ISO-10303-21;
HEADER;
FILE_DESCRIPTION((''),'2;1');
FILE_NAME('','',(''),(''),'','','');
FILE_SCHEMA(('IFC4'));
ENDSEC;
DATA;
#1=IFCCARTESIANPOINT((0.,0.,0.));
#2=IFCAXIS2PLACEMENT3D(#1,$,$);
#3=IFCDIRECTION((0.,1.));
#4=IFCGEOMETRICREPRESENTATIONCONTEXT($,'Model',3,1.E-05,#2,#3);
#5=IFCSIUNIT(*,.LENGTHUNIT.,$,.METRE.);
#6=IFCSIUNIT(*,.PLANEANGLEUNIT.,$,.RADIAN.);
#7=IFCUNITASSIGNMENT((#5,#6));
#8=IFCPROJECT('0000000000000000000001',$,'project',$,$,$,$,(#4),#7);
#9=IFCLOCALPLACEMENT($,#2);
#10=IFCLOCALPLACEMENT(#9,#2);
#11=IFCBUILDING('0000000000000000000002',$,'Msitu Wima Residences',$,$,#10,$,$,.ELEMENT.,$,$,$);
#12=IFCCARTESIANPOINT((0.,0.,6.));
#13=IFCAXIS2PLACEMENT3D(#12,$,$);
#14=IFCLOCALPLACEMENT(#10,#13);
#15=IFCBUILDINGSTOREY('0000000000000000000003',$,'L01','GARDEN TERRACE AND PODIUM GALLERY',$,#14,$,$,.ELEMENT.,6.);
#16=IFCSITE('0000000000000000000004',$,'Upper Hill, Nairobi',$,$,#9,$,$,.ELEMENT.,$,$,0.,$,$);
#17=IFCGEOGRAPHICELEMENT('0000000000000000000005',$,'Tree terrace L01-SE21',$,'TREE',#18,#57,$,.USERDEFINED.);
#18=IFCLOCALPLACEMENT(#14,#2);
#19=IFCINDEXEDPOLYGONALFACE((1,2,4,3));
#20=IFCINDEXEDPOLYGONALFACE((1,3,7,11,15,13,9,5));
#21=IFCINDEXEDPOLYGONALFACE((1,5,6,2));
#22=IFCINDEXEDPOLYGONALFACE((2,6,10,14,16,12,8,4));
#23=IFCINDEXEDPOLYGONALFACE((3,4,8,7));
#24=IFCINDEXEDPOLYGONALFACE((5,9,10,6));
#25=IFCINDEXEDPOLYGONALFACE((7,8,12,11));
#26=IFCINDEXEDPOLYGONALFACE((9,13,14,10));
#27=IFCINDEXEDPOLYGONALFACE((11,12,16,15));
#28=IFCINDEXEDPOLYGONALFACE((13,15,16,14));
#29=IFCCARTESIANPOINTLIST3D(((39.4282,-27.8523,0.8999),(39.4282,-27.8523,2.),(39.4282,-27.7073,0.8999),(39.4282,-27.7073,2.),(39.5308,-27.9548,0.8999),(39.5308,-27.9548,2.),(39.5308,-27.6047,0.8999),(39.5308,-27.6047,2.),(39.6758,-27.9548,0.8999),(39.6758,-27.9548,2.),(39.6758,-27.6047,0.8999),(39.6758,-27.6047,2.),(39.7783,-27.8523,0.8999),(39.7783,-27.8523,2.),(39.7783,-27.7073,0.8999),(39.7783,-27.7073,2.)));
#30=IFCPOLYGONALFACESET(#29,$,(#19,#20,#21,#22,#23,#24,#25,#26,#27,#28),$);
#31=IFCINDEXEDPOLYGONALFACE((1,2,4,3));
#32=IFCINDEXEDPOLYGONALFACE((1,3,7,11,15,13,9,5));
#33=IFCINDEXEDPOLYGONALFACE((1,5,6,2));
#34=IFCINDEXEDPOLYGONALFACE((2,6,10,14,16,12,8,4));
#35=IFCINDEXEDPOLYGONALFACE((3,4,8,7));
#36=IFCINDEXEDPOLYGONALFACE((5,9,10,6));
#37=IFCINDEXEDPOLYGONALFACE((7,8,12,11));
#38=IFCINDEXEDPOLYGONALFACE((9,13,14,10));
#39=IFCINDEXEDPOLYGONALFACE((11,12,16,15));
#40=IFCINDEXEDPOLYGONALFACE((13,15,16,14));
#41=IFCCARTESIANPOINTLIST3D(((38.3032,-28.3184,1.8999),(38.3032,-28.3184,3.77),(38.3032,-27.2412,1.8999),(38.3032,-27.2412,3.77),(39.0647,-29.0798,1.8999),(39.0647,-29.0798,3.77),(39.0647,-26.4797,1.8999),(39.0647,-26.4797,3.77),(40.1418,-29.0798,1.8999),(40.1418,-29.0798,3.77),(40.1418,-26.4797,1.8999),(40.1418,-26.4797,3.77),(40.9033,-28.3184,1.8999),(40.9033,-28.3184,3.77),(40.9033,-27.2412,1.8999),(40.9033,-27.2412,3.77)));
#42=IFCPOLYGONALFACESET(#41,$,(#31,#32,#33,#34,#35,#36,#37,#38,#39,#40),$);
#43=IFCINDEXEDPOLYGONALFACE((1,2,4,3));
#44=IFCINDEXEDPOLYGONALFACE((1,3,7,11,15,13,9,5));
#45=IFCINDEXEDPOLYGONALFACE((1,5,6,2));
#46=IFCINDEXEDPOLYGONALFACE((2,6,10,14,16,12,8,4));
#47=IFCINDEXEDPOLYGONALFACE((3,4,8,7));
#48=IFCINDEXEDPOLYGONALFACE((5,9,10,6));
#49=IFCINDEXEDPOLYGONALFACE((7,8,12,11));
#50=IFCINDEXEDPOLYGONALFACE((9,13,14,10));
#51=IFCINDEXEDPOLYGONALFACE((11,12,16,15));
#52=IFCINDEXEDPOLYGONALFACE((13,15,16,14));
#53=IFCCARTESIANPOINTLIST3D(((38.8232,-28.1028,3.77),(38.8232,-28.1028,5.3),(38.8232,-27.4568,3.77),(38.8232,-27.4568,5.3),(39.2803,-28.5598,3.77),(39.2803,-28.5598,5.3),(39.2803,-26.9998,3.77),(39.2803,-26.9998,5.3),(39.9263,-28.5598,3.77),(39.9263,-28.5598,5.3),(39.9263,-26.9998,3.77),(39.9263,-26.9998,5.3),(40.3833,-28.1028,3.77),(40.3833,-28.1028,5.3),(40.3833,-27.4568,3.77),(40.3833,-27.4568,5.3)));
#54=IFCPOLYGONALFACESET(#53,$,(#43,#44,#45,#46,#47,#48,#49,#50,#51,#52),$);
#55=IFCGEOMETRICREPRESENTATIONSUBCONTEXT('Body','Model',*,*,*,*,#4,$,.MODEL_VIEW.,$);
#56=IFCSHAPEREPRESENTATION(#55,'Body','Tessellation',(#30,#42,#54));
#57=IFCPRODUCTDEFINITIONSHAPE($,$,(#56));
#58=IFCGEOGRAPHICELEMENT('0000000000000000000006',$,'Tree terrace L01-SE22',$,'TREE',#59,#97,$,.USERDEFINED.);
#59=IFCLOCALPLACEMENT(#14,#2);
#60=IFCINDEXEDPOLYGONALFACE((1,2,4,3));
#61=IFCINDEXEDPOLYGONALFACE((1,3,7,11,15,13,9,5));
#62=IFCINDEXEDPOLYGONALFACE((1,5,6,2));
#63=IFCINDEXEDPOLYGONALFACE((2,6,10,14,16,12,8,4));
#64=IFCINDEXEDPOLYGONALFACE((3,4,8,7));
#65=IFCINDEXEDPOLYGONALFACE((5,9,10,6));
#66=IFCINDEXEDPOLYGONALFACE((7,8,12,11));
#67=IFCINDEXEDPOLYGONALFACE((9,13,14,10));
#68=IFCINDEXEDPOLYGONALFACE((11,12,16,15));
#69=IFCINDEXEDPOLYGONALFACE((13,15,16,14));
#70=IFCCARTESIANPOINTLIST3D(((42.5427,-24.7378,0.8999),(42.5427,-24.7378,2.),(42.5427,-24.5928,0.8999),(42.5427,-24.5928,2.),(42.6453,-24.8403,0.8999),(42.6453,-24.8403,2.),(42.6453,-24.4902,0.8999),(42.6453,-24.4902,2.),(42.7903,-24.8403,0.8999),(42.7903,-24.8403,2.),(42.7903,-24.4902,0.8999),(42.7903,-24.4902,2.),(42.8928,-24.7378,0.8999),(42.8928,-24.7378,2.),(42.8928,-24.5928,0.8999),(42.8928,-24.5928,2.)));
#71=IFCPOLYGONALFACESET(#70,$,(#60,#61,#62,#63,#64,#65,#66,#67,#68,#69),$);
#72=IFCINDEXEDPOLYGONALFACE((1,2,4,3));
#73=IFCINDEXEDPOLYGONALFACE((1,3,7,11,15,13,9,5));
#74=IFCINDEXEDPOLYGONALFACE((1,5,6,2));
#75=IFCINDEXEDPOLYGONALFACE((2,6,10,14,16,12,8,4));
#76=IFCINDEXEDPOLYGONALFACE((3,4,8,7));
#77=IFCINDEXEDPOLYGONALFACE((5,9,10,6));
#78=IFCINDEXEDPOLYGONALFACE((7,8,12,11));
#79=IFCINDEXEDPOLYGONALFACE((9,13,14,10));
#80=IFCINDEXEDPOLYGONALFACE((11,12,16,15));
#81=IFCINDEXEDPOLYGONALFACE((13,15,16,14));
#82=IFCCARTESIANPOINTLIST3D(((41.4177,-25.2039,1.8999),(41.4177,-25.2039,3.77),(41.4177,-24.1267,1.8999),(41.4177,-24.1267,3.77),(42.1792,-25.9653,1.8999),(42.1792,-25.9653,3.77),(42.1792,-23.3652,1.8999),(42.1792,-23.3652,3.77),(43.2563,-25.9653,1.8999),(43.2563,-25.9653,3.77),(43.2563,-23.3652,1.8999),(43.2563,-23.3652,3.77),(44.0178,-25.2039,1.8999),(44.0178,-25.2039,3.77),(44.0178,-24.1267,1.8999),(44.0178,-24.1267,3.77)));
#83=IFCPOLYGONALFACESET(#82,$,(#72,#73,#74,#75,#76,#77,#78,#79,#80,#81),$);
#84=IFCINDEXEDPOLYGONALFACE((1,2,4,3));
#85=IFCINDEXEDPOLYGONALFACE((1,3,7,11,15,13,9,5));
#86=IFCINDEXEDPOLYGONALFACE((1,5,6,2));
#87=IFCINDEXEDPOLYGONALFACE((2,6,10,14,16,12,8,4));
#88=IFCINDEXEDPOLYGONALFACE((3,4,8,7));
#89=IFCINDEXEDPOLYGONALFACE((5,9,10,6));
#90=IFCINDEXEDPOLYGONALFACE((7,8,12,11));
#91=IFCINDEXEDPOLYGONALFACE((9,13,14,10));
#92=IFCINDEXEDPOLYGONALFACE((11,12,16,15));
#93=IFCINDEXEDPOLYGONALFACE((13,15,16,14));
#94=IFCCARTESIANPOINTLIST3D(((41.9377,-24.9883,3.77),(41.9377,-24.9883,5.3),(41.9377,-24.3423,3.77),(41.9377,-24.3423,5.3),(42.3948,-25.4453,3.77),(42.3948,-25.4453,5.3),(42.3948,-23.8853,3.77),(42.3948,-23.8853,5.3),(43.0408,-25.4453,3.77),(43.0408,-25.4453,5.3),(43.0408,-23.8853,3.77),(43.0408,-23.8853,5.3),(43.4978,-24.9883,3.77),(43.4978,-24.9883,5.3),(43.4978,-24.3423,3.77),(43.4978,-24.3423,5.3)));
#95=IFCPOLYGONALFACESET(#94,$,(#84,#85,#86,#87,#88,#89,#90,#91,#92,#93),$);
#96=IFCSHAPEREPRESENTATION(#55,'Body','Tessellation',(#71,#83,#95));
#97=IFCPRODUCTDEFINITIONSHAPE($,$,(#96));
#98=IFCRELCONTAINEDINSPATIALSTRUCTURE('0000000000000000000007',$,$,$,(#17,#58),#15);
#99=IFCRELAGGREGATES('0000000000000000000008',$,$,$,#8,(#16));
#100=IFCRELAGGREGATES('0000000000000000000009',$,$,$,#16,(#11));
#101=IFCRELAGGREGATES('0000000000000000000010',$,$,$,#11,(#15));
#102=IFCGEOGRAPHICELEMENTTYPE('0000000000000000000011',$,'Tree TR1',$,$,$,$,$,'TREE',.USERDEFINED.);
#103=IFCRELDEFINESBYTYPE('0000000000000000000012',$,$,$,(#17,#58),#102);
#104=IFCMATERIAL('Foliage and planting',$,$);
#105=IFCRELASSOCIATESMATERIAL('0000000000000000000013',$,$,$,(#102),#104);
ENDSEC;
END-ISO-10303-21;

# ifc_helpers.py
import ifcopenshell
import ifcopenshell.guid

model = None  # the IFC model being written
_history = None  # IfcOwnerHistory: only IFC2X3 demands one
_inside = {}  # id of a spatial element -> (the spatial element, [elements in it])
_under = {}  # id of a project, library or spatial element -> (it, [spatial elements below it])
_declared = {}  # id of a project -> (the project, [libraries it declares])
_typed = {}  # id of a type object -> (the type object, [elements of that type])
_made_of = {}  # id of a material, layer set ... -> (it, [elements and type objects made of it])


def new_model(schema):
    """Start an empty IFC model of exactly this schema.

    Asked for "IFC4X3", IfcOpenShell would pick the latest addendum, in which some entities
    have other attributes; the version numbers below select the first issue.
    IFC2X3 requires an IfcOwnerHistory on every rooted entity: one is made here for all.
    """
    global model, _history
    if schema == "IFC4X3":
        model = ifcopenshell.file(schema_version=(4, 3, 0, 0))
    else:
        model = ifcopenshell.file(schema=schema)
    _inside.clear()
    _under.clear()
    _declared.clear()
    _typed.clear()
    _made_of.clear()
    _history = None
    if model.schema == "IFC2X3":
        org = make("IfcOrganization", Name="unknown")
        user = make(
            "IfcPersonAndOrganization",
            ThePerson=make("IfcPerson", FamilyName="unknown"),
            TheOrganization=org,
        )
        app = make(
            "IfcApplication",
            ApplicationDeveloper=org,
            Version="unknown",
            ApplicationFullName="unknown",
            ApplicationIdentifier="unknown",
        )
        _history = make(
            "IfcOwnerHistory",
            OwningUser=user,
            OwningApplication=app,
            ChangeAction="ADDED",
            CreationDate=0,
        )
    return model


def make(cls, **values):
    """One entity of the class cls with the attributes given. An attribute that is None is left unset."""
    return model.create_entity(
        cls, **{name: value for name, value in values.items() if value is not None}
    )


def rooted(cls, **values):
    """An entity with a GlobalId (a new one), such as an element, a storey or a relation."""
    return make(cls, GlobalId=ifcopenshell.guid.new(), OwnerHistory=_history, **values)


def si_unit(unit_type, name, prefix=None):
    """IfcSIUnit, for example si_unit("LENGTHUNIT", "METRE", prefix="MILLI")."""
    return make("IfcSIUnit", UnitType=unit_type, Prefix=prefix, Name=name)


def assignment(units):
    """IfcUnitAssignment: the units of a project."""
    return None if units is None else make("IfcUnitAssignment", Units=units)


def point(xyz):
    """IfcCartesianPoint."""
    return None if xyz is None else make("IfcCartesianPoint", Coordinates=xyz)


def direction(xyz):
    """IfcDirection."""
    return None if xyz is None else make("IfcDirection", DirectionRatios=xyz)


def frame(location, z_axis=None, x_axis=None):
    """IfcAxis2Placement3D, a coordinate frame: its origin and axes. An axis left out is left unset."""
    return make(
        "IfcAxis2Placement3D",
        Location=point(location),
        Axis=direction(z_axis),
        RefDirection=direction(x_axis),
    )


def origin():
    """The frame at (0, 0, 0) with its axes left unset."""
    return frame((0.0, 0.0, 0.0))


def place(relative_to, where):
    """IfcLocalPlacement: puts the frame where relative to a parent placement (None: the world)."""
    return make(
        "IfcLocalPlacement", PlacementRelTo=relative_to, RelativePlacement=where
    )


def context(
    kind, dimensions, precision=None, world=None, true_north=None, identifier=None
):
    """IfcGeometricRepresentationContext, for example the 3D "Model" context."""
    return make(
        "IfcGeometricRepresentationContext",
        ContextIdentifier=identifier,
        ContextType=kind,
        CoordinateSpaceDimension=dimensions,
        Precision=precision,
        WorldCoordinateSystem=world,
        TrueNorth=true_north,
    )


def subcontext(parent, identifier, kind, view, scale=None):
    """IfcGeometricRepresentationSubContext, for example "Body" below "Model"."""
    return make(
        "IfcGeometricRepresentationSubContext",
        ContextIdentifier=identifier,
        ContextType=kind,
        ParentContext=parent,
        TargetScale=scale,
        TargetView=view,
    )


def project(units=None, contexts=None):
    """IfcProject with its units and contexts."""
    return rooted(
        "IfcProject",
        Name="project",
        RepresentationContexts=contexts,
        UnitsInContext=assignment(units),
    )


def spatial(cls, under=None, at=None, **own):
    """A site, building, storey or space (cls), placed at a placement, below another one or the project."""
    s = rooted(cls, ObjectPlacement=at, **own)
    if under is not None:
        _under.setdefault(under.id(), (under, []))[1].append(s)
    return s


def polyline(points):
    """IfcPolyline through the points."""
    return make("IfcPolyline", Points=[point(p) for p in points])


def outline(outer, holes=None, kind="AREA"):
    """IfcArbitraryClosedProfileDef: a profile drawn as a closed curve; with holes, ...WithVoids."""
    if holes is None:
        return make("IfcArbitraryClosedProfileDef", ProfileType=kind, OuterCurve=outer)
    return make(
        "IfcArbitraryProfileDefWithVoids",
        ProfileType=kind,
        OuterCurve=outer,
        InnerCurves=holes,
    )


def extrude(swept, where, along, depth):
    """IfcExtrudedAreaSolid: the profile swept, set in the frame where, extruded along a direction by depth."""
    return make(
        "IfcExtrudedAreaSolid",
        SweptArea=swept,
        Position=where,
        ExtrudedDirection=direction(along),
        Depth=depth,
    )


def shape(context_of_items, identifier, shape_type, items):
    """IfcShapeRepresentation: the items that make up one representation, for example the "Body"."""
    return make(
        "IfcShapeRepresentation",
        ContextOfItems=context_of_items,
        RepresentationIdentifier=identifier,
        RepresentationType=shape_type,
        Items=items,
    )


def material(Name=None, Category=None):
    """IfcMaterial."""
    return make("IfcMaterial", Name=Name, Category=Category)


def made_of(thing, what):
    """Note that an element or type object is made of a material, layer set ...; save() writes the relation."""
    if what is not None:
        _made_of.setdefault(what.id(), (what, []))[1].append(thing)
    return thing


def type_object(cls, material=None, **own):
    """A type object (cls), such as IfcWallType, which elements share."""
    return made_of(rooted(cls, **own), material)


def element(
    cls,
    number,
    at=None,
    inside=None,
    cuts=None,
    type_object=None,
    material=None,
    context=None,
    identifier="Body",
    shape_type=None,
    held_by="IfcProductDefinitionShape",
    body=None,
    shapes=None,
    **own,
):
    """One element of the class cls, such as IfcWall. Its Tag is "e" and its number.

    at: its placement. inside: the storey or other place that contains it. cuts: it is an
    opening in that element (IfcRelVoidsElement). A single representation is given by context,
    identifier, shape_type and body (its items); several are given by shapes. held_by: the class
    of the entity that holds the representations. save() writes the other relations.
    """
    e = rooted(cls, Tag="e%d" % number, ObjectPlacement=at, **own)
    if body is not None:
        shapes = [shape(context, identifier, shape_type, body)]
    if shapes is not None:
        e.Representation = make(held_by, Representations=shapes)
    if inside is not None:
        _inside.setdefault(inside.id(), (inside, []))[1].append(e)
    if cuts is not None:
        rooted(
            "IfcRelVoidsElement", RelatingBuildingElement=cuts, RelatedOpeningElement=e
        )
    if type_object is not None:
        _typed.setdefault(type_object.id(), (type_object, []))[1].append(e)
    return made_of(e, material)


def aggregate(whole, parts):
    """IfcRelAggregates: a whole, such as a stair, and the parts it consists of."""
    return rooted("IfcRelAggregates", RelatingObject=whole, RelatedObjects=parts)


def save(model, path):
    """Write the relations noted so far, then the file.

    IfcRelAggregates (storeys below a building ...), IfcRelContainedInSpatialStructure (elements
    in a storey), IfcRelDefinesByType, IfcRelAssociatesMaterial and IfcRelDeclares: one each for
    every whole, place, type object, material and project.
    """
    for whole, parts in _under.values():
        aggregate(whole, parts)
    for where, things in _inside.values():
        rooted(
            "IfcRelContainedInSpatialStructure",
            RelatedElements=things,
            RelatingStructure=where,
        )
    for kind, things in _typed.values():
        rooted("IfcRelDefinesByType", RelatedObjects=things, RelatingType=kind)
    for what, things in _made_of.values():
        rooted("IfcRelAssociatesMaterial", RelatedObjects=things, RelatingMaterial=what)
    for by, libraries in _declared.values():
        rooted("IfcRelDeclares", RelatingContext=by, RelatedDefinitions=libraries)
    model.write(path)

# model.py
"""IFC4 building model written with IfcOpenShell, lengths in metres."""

from ifc_helpers import new_model, si_unit, direction, frame, origin, place, context, subcontext, project, spatial, polyline, outline, extrude, material, type_object, element, save


model = new_model("IFC4")

# Units and contexts
model_context = context("Model", 3, precision=1e-05, world=origin(), true_north=direction((0.0, 1.0)))
body_context = subcontext(model_context, "Body", "Model", "MODEL_VIEW")
ifc_project = project(units=[si_unit("LENGTHUNIT", "METRE"), si_unit("PLANEANGLEUNIT", "RADIAN")], contexts=[model_context])

# Site, building, storey
site_placement = place(None, origin())
site = spatial("IfcSite", under=ifc_project, at=site_placement, Name="Upper Hill, Nairobi", CompositionType="ELEMENT", RefElevation=0.0)
building_placement = place(site_placement, origin())
building = spatial("IfcBuilding", under=site, at=building_placement, Name="Msitu Wima Residences", CompositionType="ELEMENT")
storey_placement = place(building_placement, frame((0.0, 0.0, 6.0)))
storey = spatial("IfcBuildingStorey", under=building, at=storey_placement, Name="L01", Description="GARDEN TERRACE AND PODIUM GALLERY", CompositionType="ELEMENT", Elevation=6.0)

# Geographic elements
ifc_material_1 = material(Name="Foliage and planting")
geographic_element_type = type_object("IfcGeographicElementType", Name="Tree TR1", ElementType="TREE", PredefinedType="USERDEFINED", material=ifc_material_1)
for number, where, z_axis, x_axis, name in (
    (1, (39.6033, -27.7798, 0.8999), (0.0, 0.0, 1.0), (1.0, 0.0, 0.0), "Tree terrace L01-SE21"),
    (2, (42.7178, -24.6653, 0.8999), (0.0, 0.0, 1.0), (1.0, 0.0, 0.0), "Tree terrace L01-SE22"),
):
    element("IfcGeographicElement", number, at=place(storey_placement, frame(where, z_axis=z_axis, x_axis=x_axis)), inside=storey, type_object=geographic_element_type, Name=name, ObjectType="TREE", PredefinedType="USERDEFINED", context=body_context, shape_type="SweptSolid", body=[
        extrude(outline(polyline([(0.175, 0.0725), (0.0725, 0.175), (-0.0725, 0.175), (-0.175, 0.0725), (-0.175, -0.0725), (-0.0725, -0.175), (0.0725, -0.175), (0.175, -0.0725), (0.175, 0.0725)])), origin(), (0.0, 0.0, 1.0), 1.1001),
        extrude(outline(polyline([(1.3, 0.5386), (0.5386, 1.3), (-0.5386, 1.3), (-1.3, 0.5386), (-1.3, -0.5386), (-0.5386, -1.3), (0.5386, -1.3), (1.3, -0.5386), (1.3, 0.5386)])), frame((0.0, 0.0, 1.0)), (0.0, 0.0, 1.0), 1.8701),
        extrude(outline(polyline([(0.78, 0.323), (0.323, 0.78), (-0.323, 0.78), (-0.78, 0.323), (-0.78, -0.323), (-0.323, -0.78), (0.323, -0.78), (0.78, -0.323), (0.78, 0.323)])), frame((0.0, 0.0, 2.8701)), (0.0, 0.0, 1.0), 1.53),
    ])

save(model, "model.ifc")
